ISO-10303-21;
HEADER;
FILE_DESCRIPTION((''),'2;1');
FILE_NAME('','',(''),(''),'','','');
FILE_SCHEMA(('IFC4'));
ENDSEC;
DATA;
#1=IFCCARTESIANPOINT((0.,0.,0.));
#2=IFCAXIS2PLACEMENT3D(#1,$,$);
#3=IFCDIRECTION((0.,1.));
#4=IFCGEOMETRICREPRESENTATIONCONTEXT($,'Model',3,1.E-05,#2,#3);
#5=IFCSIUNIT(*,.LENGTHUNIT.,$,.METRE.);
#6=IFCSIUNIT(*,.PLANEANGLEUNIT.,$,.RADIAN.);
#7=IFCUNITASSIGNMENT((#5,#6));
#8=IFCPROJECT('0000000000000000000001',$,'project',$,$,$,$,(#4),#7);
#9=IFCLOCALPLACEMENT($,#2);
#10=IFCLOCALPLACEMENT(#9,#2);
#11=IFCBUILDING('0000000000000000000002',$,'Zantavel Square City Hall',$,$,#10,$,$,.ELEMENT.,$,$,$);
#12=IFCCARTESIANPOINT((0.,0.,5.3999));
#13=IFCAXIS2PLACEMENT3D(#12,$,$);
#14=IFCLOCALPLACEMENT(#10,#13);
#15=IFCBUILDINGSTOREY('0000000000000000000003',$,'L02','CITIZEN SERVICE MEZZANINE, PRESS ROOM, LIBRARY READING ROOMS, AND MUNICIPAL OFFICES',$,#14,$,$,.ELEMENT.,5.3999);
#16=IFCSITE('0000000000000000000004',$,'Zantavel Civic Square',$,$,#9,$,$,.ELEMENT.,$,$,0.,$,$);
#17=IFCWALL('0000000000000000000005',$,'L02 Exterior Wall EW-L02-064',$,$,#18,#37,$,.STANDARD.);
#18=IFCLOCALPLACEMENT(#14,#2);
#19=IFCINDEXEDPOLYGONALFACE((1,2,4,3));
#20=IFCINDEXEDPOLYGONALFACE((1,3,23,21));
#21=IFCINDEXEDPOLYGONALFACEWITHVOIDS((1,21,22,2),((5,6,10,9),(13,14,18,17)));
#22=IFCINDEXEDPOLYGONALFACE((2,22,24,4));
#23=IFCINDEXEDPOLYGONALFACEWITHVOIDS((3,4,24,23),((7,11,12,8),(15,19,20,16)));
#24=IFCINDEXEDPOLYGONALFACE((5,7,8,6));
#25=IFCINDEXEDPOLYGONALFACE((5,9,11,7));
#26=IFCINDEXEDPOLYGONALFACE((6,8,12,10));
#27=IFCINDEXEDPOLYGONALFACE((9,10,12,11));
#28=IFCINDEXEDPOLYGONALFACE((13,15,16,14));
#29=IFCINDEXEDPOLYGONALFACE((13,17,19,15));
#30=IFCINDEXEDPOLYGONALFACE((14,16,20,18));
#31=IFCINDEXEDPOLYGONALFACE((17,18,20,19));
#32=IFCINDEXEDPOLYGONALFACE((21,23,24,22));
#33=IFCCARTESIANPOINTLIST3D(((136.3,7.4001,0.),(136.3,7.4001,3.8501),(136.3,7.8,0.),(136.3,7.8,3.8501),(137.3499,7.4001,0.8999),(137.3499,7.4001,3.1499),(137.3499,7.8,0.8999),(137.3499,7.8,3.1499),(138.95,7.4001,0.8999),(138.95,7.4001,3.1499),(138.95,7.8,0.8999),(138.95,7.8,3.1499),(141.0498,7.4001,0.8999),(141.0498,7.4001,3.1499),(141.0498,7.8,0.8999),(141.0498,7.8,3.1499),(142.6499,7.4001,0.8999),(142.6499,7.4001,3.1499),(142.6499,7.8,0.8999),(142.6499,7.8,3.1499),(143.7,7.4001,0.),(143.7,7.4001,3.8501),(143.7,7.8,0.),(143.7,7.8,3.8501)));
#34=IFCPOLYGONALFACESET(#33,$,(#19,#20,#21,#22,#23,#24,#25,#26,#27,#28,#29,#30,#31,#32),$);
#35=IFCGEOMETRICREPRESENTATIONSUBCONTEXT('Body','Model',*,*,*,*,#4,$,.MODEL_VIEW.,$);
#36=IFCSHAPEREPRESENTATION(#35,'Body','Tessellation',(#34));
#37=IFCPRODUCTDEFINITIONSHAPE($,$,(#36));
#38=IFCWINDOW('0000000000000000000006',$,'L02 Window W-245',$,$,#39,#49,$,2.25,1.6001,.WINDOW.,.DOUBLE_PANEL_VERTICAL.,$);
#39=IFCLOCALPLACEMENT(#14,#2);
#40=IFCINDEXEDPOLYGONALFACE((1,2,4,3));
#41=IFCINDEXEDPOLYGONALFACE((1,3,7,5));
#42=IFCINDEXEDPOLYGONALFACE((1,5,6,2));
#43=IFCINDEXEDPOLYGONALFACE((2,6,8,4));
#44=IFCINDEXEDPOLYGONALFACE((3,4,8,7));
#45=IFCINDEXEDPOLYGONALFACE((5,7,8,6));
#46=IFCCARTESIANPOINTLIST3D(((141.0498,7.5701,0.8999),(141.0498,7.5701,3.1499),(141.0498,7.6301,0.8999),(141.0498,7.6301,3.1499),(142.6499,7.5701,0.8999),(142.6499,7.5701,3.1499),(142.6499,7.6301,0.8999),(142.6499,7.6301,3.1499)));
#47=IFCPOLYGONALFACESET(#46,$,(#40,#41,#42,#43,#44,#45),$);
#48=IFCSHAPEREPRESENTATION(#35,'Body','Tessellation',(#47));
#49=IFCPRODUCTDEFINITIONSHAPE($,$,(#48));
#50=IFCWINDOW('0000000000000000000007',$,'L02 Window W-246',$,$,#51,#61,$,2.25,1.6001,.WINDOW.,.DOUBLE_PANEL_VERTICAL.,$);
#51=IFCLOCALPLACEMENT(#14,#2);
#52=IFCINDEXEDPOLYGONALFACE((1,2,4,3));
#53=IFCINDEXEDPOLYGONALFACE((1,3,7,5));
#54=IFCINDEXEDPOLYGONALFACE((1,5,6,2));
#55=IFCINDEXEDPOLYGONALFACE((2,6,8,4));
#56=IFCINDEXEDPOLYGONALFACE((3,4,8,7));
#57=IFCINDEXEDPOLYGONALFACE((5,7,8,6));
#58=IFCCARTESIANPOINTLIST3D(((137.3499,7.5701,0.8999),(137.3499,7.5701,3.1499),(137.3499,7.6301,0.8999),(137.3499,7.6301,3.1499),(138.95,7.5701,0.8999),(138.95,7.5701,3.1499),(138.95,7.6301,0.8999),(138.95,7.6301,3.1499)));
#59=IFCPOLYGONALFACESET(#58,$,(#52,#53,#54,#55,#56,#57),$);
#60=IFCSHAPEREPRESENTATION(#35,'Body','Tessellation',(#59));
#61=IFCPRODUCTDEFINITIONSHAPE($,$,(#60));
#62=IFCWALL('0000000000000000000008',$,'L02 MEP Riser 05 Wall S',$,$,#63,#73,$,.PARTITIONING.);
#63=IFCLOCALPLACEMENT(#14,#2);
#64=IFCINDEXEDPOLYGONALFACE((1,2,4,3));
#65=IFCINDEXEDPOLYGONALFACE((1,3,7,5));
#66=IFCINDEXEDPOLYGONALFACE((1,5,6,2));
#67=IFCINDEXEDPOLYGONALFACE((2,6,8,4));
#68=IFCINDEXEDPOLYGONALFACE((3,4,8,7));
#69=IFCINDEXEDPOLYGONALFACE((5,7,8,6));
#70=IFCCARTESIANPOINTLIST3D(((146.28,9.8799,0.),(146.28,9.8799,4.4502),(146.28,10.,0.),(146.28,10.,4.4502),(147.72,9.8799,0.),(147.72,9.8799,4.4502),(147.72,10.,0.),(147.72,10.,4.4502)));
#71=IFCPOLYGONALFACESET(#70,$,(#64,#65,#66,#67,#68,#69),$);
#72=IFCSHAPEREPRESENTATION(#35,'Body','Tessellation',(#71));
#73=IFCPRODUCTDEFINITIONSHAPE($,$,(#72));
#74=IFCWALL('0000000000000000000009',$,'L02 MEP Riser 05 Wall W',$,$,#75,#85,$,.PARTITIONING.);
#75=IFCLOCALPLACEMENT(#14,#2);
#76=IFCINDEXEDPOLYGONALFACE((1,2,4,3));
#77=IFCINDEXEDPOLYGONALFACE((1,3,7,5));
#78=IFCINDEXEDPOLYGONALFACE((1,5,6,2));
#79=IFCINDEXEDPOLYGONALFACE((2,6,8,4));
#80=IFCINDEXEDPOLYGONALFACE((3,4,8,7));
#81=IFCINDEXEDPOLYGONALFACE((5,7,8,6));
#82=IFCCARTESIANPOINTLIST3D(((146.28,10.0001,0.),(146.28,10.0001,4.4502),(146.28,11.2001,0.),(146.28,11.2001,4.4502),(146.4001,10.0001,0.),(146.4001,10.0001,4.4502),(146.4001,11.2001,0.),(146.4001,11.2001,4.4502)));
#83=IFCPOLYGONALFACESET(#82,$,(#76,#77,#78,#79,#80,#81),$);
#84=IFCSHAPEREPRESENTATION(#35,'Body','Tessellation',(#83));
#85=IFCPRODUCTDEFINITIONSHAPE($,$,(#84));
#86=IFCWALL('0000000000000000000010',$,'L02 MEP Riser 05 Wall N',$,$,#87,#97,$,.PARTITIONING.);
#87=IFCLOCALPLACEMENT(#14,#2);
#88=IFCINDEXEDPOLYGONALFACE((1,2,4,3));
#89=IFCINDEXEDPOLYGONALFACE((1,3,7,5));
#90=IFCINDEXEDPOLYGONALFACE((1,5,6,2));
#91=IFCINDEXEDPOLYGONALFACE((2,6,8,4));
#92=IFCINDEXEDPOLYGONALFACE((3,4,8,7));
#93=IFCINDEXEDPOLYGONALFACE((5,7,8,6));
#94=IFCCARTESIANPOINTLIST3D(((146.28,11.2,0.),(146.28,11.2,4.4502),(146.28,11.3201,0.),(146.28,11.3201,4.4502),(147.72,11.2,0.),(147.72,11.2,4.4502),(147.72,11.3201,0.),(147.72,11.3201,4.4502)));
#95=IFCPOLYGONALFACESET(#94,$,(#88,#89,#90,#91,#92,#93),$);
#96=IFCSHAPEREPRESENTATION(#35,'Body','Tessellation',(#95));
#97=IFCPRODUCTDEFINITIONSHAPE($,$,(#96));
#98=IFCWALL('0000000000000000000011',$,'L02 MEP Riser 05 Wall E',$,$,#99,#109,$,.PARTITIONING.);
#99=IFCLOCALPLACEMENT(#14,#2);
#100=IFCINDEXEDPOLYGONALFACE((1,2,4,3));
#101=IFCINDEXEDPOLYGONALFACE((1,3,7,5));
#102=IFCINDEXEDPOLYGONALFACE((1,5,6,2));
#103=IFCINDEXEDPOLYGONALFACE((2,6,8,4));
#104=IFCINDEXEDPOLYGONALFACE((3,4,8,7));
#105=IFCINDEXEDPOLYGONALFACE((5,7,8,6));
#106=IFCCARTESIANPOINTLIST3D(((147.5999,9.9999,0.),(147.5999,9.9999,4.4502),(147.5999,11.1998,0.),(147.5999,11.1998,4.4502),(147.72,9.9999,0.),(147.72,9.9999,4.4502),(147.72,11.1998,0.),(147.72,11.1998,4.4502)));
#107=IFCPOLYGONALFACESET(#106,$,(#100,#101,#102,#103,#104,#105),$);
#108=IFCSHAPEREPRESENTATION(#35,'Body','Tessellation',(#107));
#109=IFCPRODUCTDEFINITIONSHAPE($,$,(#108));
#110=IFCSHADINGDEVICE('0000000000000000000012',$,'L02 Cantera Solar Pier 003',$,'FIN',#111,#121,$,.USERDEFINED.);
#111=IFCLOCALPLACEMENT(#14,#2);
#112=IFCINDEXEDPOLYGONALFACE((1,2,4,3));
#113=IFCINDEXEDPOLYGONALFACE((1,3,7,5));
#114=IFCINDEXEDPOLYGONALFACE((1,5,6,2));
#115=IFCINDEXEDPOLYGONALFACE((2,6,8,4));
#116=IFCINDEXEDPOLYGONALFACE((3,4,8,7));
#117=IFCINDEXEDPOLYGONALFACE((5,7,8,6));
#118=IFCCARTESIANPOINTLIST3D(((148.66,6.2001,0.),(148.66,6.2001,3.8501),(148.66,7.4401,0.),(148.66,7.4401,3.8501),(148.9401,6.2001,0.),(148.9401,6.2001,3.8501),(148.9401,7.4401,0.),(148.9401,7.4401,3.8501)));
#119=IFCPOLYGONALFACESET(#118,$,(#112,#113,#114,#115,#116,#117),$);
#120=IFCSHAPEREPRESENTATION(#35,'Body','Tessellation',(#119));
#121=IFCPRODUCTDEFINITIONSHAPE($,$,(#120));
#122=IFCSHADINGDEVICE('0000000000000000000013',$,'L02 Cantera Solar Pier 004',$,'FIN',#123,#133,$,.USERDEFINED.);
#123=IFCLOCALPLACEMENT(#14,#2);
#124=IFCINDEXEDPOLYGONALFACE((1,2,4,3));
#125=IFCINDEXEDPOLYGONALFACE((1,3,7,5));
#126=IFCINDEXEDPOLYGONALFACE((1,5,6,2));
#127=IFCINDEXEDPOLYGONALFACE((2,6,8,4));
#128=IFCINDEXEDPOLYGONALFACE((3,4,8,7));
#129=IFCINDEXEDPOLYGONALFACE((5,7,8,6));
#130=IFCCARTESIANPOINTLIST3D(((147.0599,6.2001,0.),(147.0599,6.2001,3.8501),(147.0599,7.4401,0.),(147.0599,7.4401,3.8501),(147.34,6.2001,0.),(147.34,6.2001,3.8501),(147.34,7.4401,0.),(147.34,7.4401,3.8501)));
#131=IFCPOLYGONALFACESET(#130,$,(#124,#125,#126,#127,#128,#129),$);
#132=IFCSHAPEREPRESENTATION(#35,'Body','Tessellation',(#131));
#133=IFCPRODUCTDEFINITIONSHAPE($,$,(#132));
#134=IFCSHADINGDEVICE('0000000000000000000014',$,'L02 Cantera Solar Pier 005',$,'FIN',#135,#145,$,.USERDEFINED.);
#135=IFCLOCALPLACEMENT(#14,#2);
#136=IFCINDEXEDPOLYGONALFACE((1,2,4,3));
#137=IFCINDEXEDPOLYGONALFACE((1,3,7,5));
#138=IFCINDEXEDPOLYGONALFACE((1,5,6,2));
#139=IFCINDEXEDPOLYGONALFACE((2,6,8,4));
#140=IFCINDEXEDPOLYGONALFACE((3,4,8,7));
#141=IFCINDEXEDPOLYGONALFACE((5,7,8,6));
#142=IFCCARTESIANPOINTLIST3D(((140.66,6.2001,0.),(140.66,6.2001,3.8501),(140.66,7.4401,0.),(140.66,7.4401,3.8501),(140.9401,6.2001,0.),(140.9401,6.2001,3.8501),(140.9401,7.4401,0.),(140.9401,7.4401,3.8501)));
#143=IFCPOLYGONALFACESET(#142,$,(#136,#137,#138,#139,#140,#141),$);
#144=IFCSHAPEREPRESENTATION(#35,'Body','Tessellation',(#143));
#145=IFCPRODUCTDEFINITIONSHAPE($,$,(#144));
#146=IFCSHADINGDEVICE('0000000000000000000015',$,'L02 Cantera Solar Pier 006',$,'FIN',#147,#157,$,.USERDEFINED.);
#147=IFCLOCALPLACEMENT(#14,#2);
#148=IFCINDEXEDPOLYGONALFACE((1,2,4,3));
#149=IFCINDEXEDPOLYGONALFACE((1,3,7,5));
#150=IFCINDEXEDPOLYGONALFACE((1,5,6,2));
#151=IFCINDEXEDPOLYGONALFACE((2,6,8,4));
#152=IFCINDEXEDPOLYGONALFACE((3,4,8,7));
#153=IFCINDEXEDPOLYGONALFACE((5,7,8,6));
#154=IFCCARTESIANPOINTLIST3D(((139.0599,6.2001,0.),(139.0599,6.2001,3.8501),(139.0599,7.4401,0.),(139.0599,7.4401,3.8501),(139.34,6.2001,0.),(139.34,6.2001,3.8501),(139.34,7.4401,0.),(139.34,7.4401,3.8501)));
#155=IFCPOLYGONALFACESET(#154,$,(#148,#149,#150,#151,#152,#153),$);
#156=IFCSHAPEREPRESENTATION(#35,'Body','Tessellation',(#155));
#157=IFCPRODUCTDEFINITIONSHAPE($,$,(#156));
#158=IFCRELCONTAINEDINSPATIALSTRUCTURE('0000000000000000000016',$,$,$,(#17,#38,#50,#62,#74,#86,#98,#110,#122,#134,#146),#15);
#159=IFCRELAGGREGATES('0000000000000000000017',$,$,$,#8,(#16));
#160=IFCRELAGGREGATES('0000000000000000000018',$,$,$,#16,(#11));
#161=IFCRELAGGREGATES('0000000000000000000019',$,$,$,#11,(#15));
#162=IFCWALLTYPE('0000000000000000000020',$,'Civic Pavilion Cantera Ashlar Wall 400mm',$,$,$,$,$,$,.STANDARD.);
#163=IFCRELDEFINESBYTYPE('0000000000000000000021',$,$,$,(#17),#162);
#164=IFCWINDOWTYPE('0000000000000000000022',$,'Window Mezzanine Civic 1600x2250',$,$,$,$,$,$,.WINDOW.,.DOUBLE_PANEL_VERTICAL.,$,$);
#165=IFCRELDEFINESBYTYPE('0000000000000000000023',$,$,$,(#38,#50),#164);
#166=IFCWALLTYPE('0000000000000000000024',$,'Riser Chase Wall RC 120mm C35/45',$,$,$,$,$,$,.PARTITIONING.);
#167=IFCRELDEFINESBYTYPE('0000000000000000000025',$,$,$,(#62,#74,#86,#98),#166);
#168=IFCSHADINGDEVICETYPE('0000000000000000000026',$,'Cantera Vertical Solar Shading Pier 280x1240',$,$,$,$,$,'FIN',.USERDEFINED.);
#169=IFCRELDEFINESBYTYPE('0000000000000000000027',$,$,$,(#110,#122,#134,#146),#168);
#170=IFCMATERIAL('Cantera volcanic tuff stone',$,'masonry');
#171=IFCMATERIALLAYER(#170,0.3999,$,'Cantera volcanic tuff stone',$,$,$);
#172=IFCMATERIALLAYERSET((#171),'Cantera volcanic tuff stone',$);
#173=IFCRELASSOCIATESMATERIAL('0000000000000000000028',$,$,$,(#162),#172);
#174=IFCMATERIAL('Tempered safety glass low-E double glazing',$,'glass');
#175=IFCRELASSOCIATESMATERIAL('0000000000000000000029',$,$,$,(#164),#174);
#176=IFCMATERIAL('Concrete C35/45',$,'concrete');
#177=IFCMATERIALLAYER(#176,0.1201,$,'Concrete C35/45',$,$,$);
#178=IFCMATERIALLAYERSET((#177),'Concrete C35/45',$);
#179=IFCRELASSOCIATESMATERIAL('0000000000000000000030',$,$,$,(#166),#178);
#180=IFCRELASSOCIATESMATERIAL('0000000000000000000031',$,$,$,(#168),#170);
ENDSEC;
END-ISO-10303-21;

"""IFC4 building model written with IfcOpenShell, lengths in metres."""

from ifc_helpers import new_model, si_unit, direction, frame, frame_2d, origin, origin_2d, place, context, subcontext, project, spatial, rectangle, extrude, material, layer, layer_set, type_object, element, fill, save


model = new_model("IFC4")

# Units and contexts
model_context = context("Model", 3, precision=1e-05, world=origin(), true_north=direction((0.0, 1.0)))
body_context = subcontext(model_context, "Body", "Model", "MODEL_VIEW")
ifc_project = project(units=[si_unit("LENGTHUNIT", "METRE"), si_unit("PLANEANGLEUNIT", "RADIAN")], contexts=[model_context])

# Site, building, storey
site_placement = place(None, origin())
site = spatial("IfcSite", under=ifc_project, at=site_placement, Name="Zantavel Civic Square", CompositionType="ELEMENT", RefElevation=0.0)
building_placement = place(site_placement, origin())
building = spatial("IfcBuilding", under=site, at=building_placement, Name="Zantavel Square City Hall", CompositionType="ELEMENT")
storey_placement = place(building_placement, frame((0.0, 0.0, 5.3999)))
storey = spatial("IfcBuildingStorey", under=building, at=storey_placement, Name="L02", Description="CITIZEN SERVICE MEZZANINE, PRESS ROOM, LIBRARY READING ROOMS, AND MUNICIPAL OFFICES", CompositionType="ELEMENT", Elevation=5.3999)

# Shared definitions
ifc_material_1 = material(Name="Concrete C35/45", Category="concrete")

# Wall, openings, windows
ifc_material_2 = material(Name="Cantera volcanic tuff stone", Category="masonry")
ifc_layer_1 = layer(ifc_material_2, 0.3999, Name="Cantera volcanic tuff stone")
ifc_layer_set_1 = layer_set([ifc_layer_1], Name="Cantera volcanic tuff stone")
wall_type_1 = type_object("IfcWallType", Name="Civic Pavilion Cantera Ashlar Wall 400mm", PredefinedType="STANDARD", material=ifc_layer_set_1)
wall_1_placement = place(storey_placement, frame((143.7, 7.6001, 0.0), z_axis=(0.0, 0.0, 1.0), x_axis=(-1.0, 0.0, 0.0)))
wall_1 = element("IfcWall", 1, at=wall_1_placement, inside=storey, type_object=wall_type_1, Name="L02 Exterior Wall EW-L02-064", PredefinedType="STANDARD", context=body_context, shape_type="SweptSolid", body=[
    extrude(rectangle(XDim=7.3999, YDim=0.3999, at=frame_2d((3.7, 0.0))), origin(), (0.0, 0.0, 1.0), 3.8501),
])
opening_1_placement = place(wall_1_placement, frame((1.05, 0.0, 0.8999)))
opening_1 = element("IfcOpeningElement", 2, at=opening_1_placement, cuts=wall_1, PredefinedType="OPENING", context=body_context, shape_type="SweptSolid", body=[
    extrude(rectangle(XDim=1.6001, YDim=2.25, at=frame_2d((0.8, 1.125))), frame((0.0, 0.21, 0.0), z_axis=(0.0, -1.0, 0.0), x_axis=(1.0, 0.0, 0.0)), (0.0, 0.0, 1.0), 0.4199),
])
opening_2_placement = place(wall_1_placement, frame((4.75, 0.0, 0.8999)))
opening_2 = element("IfcOpeningElement", 3, at=opening_2_placement, cuts=wall_1, PredefinedType="OPENING", context=body_context, shape_type="SweptSolid", body=[
    extrude(rectangle(XDim=1.6001, YDim=2.25, at=frame_2d((0.8, 1.125))), frame((0.0, 0.21, 0.0), z_axis=(0.0, -1.0, 0.0), x_axis=(1.0, 0.0, 0.0)), (0.0, 0.0, 1.0), 0.4199),
])
ifc_material_3 = material(Name="Tempered safety glass low-E double glazing", Category="glass")
window_type = type_object("IfcWindowType", Name="Window Mezzanine Civic 1600x2250", PartitioningType="DOUBLE_PANEL_VERTICAL", PredefinedType="WINDOW", material=ifc_material_3)
window_1_placement = place(opening_1_placement, origin())
window_1 = element("IfcWindow", 4, at=window_1_placement, inside=storey, type_object=window_type, Name="L02 Window W-245", OverallHeight=2.25, OverallWidth=1.6001, PartitioningType="DOUBLE_PANEL_VERTICAL", PredefinedType="WINDOW", context=body_context, shape_type="SweptSolid", body=[
    extrude(rectangle(XDim=1.6001, YDim=2.25, at=frame_2d((0.8, 1.125))), frame((0.0, 0.03, 0.0), z_axis=(0.0, -1.0, 0.0), x_axis=(1.0, 0.0, 0.0)), (0.0, 0.0, 1.0), 0.0601),
])
fill(opening_1, window_1)
window_2_placement = place(opening_2_placement, origin())
window_2 = element("IfcWindow", 5, at=window_2_placement, inside=storey, type_object=window_type, Name="L02 Window W-246", OverallHeight=2.25, OverallWidth=1.6001, PartitioningType="DOUBLE_PANEL_VERTICAL", PredefinedType="WINDOW", context=body_context, shape_type="SweptSolid", body=[
    extrude(rectangle(XDim=1.6001, YDim=2.25, at=frame_2d((0.8, 1.125))), frame((0.0, 0.03, 0.0), z_axis=(0.0, -1.0, 0.0), x_axis=(1.0, 0.0, 0.0)), (0.0, 0.0, 1.0), 0.0601),
])
fill(opening_2, window_2)

# Walls
ifc_layer_2 = layer(ifc_material_1, 0.1201, Name="Concrete C35/45")
ifc_layer_set_2 = layer_set([ifc_layer_2], Name="Concrete C35/45")
wall_type_2 = type_object("IfcWallType", Name="Riser Chase Wall RC 120mm C35/45", PredefinedType="PARTITIONING", material=ifc_layer_set_2)
wall_2_placement = place(storey_placement, frame((147.72, 9.9399, 0.0), z_axis=(0.0, 0.0, 1.0), x_axis=(-1.0, 0.0, 0.0)))
element("IfcWall", 6, at=wall_2_placement, inside=storey, type_object=wall_type_2, Name="L02 MEP Riser 05 Wall S", PredefinedType="PARTITIONING", context=body_context, shape_type="SweptSolid", body=[
    extrude(rectangle(XDim=1.4399, YDim=0.1201, at=frame_2d((0.72, 0.0))), origin(), (0.0, 0.0, 1.0), 4.4502),
])
wall_3_placement = place(storey_placement, frame((146.3401, 10.0, 0.0), z_axis=(0.0, 0.0, 1.0), x_axis=(0.0, 1.0, 0.0)))
element("IfcWall", 7, at=wall_3_placement, inside=storey, type_object=wall_type_2, Name="L02 MEP Riser 05 Wall W", PredefinedType="PARTITIONING", context=body_context, shape_type="SweptSolid", body=[
    extrude(rectangle(XDim=1.2, YDim=0.1201, at=frame_2d((0.6001, 0.0))), origin(), (0.0, 0.0, 1.0), 4.4502),
])
wall_4_placement = place(storey_placement, frame((146.28, 11.26, 0.0), z_axis=(0.0, 0.0, 1.0), x_axis=(1.0, 0.0, 0.0)))
element("IfcWall", 8, at=wall_4_placement, inside=storey, type_object=wall_type_2, Name="L02 MEP Riser 05 Wall N", PredefinedType="PARTITIONING", context=body_context, shape_type="SweptSolid", body=[
    extrude(rectangle(XDim=1.4399, YDim=0.1201, at=frame_2d((0.72, 0.0))), origin(), (0.0, 0.0, 1.0), 4.4502),
])
wall_5_placement = place(storey_placement, frame((147.6599, 11.2, 0.0), z_axis=(0.0, 0.0, 1.0), x_axis=(0.0, -1.0, 0.0)))
element("IfcWall", 9, at=wall_5_placement, inside=storey, type_object=wall_type_2, Name="L02 MEP Riser 05 Wall E", PredefinedType="PARTITIONING", context=body_context, shape_type="SweptSolid", body=[
    extrude(rectangle(XDim=1.2, YDim=0.1201, at=frame_2d((0.6001, 0.0))), origin(), (0.0, 0.0, 1.0), 4.4502),
])

# Shading devices
shading_device_type = type_object("IfcShadingDeviceType", Name="Cantera Vertical Solar Shading Pier 280x1240", ElementType="FIN", PredefinedType="USERDEFINED", material=ifc_material_2)
for number, where, z_axis, x_axis, name in (
    (10, (148.8, 6.8201, 0.0), (0.0, 0.0, 1.0), (1.0, 0.0, 0.0), "L02 Cantera Solar Pier 003"),
    (11, (147.2, 6.8201, 0.0), (0.0, 0.0, 1.0), (1.0, 0.0, 0.0), "L02 Cantera Solar Pier 004"),
    (12, (140.8, 6.8201, 0.0), (0.0, 0.0, 1.0), (1.0, 0.0, 0.0), "L02 Cantera Solar Pier 005"),
    (13, (139.2, 6.8201, 0.0), (0.0, 0.0, 1.0), (1.0, 0.0, 0.0), "L02 Cantera Solar Pier 006"),
):
    element("IfcShadingDevice", number, at=place(storey_placement, frame(where, z_axis=z_axis, x_axis=x_axis)), inside=storey, type_object=shading_device_type, Name=name, ObjectType="FIN", PredefinedType="USERDEFINED", context=body_context, shape_type="SweptSolid", body=[
        extrude(rectangle(XDim=0.28, YDim=1.24, at=origin_2d()), origin(), (0.0, 0.0, 1.0), 3.8501),
    ])

save(model, "model.ifc")
